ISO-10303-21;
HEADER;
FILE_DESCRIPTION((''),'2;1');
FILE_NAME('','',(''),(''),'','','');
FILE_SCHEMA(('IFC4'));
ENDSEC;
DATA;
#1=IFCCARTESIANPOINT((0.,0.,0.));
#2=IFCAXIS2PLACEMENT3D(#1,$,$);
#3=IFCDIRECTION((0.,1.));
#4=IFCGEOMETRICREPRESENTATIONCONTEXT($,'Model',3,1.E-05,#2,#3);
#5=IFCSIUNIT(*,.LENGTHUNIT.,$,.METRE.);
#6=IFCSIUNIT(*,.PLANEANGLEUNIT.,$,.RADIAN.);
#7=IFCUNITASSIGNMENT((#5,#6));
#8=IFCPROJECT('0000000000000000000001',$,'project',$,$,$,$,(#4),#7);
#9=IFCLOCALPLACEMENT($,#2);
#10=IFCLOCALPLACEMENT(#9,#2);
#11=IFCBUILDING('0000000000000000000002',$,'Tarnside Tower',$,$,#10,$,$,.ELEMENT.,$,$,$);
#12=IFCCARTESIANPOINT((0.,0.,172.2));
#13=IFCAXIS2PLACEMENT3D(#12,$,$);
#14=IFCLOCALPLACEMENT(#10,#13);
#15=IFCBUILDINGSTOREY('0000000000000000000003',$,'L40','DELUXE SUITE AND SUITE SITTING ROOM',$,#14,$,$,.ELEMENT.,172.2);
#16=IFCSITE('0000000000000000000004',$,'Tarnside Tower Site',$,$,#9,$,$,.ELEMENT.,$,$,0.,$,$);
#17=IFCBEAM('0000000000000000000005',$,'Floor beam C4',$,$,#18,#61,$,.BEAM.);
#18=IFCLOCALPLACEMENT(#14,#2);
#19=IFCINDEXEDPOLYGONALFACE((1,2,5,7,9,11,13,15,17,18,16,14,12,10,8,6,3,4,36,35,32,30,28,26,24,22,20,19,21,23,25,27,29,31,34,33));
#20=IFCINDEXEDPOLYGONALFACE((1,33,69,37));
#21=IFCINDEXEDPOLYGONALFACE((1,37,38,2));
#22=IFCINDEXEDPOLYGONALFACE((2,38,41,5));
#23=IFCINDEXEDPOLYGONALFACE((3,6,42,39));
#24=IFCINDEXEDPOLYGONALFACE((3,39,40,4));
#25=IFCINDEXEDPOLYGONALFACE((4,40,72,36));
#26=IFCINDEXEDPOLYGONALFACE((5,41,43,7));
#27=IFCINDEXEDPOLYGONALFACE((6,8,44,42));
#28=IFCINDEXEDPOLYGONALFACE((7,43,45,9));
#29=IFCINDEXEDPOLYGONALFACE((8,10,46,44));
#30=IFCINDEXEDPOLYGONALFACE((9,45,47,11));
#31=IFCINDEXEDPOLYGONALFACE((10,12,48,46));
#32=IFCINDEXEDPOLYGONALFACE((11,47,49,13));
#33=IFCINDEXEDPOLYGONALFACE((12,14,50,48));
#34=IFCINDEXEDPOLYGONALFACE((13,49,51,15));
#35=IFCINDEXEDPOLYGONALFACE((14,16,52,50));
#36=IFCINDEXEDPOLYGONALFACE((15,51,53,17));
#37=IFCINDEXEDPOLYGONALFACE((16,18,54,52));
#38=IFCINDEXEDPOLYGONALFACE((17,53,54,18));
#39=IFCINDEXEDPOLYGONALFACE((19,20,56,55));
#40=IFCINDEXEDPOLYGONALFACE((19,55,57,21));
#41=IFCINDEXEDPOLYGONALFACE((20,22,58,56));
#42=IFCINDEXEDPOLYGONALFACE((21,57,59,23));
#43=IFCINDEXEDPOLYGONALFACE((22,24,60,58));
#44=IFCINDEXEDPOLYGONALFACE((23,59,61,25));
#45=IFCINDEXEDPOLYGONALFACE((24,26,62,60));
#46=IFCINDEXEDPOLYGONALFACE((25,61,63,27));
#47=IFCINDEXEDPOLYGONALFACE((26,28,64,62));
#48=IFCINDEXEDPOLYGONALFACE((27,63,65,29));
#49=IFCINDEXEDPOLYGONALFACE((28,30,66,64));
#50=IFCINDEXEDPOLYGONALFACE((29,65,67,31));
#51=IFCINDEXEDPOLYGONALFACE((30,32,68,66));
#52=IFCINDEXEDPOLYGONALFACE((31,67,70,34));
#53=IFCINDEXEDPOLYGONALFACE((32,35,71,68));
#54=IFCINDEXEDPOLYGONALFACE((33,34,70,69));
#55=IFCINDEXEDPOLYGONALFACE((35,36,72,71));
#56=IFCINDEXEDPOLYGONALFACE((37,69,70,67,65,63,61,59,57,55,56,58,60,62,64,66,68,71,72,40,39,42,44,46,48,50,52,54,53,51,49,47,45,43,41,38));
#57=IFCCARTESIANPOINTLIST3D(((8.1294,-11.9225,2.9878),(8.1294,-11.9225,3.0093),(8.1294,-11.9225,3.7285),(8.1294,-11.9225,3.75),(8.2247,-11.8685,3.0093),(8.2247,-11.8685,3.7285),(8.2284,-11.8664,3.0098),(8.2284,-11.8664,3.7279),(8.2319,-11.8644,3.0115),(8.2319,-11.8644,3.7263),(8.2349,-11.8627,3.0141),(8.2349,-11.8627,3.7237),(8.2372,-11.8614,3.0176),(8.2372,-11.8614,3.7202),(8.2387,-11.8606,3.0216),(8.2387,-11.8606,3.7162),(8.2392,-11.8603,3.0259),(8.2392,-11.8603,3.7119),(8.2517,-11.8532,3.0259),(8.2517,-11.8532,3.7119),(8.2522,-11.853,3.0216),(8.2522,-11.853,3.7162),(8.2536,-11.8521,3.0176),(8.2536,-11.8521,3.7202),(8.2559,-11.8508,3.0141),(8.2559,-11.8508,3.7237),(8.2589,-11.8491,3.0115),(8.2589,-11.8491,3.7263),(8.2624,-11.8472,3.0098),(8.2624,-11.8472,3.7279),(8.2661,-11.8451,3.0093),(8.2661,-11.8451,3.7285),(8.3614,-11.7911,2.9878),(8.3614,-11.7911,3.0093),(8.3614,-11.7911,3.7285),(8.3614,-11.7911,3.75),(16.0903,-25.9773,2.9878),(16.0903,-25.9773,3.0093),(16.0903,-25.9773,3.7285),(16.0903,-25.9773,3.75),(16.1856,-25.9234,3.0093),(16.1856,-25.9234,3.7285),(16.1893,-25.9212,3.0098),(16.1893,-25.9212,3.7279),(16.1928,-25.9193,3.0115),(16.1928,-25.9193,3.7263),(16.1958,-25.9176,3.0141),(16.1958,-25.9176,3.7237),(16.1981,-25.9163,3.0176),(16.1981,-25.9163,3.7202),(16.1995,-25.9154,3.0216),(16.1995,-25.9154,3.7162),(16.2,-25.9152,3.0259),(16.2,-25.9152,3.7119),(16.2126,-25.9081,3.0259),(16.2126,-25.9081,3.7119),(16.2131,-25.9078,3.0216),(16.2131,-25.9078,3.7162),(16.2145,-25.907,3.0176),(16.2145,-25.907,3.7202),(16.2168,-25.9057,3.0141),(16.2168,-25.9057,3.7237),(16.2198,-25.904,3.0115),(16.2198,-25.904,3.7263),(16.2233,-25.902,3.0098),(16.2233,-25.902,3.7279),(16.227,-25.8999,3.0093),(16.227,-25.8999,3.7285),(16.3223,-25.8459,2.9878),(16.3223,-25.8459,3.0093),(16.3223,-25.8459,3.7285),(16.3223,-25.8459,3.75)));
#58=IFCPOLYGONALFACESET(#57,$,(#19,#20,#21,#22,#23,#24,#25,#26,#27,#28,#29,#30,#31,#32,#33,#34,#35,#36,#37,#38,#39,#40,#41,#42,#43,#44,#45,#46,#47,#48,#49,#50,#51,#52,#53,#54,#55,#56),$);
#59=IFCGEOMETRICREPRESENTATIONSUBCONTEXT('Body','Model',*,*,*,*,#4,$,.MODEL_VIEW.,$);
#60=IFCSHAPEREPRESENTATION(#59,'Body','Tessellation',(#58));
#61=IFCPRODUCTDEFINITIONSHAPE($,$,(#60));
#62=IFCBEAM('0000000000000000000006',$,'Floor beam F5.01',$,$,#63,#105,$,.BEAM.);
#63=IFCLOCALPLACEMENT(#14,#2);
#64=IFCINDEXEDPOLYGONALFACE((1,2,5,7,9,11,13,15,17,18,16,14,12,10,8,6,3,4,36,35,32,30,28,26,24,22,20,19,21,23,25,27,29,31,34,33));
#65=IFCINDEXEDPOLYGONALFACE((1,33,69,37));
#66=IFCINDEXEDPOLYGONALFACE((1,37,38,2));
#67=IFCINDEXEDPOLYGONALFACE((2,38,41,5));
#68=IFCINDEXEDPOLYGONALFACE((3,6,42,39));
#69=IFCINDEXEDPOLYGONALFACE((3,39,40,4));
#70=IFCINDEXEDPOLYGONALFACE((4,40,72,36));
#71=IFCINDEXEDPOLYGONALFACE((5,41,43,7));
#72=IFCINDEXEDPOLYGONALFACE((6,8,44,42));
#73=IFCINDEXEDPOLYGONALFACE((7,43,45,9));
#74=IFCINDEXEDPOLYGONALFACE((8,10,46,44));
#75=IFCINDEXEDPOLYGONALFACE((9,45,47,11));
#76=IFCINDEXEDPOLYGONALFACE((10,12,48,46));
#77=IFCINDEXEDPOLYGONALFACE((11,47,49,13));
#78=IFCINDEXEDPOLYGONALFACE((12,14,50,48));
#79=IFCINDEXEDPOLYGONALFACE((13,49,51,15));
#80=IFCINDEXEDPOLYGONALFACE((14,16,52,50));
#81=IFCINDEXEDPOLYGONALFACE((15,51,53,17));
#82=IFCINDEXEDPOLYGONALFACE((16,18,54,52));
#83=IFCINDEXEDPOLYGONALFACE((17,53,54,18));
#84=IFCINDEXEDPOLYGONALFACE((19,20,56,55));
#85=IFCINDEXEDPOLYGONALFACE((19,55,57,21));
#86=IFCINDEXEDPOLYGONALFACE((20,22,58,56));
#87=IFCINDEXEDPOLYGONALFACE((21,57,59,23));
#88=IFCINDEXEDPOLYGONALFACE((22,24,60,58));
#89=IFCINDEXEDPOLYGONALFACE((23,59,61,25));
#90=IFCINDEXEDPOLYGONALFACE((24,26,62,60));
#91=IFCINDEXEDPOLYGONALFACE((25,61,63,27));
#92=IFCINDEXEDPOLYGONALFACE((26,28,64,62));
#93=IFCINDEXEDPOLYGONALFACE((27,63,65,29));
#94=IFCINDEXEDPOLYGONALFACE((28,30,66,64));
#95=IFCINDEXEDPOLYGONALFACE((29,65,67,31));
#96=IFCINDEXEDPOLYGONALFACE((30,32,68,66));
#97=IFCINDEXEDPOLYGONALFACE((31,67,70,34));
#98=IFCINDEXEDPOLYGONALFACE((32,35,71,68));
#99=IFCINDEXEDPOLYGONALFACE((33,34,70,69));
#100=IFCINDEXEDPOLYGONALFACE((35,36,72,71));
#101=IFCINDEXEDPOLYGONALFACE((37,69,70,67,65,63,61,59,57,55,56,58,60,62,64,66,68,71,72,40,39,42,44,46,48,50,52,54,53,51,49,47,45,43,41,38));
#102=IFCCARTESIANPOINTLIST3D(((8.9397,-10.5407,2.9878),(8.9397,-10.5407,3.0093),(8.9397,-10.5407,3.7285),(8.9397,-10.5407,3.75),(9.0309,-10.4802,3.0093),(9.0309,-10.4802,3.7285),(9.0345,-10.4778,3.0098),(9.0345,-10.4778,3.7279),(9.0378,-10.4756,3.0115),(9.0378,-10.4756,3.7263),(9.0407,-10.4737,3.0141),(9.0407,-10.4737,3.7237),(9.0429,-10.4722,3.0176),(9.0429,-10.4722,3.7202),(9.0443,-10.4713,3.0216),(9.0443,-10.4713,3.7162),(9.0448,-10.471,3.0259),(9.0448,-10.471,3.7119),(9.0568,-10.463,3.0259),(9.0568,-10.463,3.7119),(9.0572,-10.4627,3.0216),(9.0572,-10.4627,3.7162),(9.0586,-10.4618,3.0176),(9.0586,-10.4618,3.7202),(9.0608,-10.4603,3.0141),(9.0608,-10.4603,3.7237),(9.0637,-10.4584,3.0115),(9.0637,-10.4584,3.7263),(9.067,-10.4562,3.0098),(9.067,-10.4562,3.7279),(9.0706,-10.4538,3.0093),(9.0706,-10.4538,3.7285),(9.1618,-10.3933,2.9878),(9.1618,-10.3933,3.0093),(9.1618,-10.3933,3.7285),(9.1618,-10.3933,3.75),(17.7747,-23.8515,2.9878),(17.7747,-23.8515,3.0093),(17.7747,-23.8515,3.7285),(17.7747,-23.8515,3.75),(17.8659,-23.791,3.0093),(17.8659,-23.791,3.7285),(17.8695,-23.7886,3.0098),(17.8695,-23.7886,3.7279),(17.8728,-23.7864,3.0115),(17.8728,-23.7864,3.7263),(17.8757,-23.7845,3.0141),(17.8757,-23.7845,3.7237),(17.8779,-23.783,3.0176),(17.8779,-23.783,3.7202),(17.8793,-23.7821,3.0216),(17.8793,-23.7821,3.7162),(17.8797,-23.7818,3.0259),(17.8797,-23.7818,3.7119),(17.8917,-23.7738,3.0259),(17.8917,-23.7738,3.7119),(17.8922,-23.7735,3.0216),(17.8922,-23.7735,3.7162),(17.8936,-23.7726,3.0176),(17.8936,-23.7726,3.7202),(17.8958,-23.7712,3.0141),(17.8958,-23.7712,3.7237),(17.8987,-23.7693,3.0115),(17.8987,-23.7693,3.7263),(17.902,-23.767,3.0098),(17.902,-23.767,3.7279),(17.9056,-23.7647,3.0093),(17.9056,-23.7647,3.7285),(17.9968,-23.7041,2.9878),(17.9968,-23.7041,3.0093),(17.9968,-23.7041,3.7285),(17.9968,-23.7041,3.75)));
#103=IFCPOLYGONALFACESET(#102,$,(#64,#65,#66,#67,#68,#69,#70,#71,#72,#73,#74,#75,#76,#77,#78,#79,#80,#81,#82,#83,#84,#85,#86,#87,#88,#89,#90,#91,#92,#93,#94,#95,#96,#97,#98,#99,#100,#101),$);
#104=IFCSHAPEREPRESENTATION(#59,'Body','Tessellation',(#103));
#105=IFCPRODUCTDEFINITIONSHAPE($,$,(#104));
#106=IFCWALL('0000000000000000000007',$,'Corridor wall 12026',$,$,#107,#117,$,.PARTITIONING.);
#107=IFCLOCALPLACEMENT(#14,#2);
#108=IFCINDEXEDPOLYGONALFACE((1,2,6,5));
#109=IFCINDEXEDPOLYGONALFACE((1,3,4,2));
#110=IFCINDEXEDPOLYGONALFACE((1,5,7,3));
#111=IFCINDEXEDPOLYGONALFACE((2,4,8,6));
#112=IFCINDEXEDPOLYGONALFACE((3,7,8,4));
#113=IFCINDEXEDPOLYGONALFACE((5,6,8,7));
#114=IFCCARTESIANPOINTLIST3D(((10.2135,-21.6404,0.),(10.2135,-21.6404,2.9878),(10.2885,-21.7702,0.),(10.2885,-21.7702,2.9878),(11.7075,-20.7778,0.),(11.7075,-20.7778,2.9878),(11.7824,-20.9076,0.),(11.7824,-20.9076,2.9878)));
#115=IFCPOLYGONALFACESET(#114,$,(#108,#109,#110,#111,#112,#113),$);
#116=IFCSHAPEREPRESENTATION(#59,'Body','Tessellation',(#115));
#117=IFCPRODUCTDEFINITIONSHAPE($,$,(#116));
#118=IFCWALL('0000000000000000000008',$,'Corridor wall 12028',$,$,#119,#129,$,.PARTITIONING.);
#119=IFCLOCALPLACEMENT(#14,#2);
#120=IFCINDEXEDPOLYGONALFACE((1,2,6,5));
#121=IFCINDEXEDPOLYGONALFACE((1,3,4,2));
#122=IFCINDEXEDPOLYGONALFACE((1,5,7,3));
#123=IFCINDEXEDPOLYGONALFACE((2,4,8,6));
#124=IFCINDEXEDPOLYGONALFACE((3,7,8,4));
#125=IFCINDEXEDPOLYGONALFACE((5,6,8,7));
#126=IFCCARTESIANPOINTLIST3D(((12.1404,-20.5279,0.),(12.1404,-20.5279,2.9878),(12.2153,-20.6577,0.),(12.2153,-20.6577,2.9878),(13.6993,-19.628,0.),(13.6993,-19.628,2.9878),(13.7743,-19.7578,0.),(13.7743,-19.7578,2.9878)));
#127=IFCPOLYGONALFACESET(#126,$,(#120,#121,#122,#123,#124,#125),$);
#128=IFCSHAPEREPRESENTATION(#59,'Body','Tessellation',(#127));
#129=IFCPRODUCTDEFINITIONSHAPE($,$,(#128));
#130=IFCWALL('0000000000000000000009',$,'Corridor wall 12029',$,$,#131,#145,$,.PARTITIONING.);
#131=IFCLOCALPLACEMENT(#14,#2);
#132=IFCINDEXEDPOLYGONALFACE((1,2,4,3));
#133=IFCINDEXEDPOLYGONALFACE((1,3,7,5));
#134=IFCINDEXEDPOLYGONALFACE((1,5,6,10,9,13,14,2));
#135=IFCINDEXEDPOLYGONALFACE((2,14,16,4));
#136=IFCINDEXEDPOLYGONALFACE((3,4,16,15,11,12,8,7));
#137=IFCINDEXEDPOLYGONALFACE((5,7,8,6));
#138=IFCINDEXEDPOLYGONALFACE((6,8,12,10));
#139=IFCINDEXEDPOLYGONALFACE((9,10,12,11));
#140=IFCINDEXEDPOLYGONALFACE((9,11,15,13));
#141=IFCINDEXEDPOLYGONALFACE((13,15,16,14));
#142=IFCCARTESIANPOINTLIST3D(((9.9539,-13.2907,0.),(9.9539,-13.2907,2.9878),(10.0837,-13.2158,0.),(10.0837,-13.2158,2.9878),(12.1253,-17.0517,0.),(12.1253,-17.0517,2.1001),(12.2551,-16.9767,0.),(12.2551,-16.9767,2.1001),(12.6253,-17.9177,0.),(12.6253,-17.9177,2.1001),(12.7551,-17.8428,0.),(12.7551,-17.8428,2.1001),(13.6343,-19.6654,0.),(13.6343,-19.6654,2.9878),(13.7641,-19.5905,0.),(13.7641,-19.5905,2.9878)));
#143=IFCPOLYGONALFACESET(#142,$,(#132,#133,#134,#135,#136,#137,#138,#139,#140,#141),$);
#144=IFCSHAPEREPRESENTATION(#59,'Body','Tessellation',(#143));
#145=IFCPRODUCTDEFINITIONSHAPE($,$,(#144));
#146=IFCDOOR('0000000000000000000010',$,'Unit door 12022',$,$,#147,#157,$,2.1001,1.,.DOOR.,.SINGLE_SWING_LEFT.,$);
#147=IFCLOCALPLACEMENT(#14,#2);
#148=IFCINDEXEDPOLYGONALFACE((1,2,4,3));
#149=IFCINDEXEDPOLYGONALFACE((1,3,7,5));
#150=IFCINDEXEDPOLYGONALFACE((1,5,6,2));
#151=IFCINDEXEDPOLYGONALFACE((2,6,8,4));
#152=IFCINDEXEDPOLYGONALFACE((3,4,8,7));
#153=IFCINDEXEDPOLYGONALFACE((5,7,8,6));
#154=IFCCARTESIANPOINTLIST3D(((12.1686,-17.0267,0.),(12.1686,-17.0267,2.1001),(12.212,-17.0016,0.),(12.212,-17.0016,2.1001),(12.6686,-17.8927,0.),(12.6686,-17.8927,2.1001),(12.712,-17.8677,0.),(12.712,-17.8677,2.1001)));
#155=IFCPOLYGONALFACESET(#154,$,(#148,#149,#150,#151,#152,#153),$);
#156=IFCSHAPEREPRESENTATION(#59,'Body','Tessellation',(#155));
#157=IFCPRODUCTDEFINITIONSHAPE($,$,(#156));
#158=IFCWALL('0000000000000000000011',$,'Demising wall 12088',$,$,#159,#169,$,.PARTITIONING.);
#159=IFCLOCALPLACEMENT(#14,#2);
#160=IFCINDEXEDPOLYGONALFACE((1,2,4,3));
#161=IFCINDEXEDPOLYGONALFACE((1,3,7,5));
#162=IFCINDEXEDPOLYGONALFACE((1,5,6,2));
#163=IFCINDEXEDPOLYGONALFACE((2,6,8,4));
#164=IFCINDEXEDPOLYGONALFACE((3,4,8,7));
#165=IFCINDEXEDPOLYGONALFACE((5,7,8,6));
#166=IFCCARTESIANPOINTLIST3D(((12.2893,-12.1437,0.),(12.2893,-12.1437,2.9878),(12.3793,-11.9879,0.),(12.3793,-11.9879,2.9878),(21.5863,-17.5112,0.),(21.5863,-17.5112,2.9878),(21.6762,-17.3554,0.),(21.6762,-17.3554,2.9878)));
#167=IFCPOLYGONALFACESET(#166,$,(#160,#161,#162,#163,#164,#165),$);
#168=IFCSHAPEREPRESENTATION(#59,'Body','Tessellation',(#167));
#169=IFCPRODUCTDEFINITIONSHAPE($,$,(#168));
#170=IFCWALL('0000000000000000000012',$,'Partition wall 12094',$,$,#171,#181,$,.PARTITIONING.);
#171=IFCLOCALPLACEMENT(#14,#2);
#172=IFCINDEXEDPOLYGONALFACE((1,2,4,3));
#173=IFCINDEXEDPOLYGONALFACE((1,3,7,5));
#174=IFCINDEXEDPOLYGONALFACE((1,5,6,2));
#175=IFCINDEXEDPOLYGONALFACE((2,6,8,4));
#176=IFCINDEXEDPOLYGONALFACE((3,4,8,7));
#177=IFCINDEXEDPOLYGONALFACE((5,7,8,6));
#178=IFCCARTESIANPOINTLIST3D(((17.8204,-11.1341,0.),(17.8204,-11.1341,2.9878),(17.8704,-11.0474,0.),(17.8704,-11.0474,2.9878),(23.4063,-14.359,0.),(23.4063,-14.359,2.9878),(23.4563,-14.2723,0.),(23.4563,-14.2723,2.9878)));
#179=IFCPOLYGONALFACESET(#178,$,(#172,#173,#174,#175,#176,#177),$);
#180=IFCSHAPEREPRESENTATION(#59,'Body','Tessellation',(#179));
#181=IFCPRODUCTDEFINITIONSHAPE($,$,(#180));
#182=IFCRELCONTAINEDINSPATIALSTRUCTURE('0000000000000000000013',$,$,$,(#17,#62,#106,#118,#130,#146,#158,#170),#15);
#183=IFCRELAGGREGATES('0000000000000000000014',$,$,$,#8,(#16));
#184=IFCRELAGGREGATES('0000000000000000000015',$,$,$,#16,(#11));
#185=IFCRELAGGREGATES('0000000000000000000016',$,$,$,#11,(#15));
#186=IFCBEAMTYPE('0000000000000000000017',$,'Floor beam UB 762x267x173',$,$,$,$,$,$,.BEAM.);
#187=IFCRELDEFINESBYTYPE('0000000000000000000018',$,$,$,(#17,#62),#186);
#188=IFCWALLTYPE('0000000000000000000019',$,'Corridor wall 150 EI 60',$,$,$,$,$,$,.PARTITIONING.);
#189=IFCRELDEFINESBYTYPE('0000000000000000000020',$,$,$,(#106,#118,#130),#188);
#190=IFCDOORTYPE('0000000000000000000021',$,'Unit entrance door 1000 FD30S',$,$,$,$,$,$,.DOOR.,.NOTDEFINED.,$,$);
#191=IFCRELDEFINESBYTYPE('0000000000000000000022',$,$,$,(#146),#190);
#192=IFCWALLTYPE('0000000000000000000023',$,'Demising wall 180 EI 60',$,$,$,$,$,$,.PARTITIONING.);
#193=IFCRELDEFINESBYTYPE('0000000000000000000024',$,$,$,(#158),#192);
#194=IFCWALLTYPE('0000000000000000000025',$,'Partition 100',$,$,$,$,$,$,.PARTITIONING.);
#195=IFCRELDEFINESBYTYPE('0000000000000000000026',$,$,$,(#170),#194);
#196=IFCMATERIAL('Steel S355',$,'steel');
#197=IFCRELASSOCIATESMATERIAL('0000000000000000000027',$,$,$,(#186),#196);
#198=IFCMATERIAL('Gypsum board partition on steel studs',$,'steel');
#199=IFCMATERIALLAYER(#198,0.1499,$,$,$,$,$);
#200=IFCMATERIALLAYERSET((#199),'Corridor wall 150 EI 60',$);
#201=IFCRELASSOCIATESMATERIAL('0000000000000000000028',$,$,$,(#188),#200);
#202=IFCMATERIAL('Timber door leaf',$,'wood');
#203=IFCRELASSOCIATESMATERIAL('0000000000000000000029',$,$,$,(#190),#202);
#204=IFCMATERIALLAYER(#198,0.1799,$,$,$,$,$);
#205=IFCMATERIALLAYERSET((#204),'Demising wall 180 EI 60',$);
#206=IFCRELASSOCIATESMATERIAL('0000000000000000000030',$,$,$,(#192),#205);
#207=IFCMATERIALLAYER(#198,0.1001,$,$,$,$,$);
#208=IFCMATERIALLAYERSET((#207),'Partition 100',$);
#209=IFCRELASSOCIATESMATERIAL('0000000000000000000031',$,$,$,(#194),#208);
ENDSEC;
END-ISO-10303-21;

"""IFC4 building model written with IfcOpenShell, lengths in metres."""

from ifc_helpers import new_model, si_unit, direction, frame, frame_2d, origin, origin_2d, place, context, subcontext, project, spatial, rectangle, i_section, extrude, material, layer, layer_set, material_profile, profile_set, type_object, element, fill, save


model = new_model("IFC4")

# Units and contexts
model_context = context("Model", 3, precision=1e-05, world=origin(), true_north=direction((0.0, 1.0)))
body_context = subcontext(model_context, "Body", "Model", "MODEL_VIEW")
ifc_project = project(units=[si_unit("LENGTHUNIT", "METRE"), si_unit("PLANEANGLEUNIT", "RADIAN")], contexts=[model_context])

# Site, building, storey
site_placement = place(None, origin())
site = spatial("IfcSite", under=ifc_project, at=site_placement, Name="Tarnside Tower Site", CompositionType="ELEMENT", RefElevation=0.0)
building_placement = place(site_placement, origin())
building = spatial("IfcBuilding", under=site, at=building_placement, Name="Tarnside Tower", CompositionType="ELEMENT")
storey_placement = place(building_placement, frame((0.0, 0.0, 172.2)))
storey = spatial("IfcBuildingStorey", under=building, at=storey_placement, Name="L40", Description="DELUXE SUITE AND SUITE SITTING ROOM", CompositionType="ELEMENT", Elevation=172.2)

# Beams
ifc_material_1 = material(Name="Steel S355", Category="steel")
ifc_material_profile_1 = material_profile(ifc_material_1, i_section(OverallWidth=0.2666, OverallDepth=0.7622, WebThickness=0.0144, FlangeThickness=0.0215, FilletRadius=0.0166, at=origin_2d()), Name="UB 762x267x173")
ifc_profile_set_1 = profile_set([ifc_material_profile_1], Name="Steel S355")
beam_type_1 = type_object("IfcBeamType", Name="Floor beam UB 762x267x173", PredefinedType="BEAM", material=ifc_profile_set_1)
beam_1_placement = place(storey_placement, frame((16.2063, -25.9116, 3.3689), z_axis=(-0.492847, 0.870116, 0.0), x_axis=(-0.870116, -0.492847, 0.0)))
element("IfcBeam", 1, at=beam_1_placement, inside=storey, type_object=beam_type_1, Name="Floor beam C4", PredefinedType="BEAM", context=body_context, shape_type="SweptSolid", body=[
    extrude(i_section(OverallWidth=0.2666, OverallDepth=0.7622, WebThickness=0.0144, FlangeThickness=0.0215, FilletRadius=0.0166, at=origin_2d()), origin(), (0.0, 0.0, 1.0), 16.1528),
])
beam_2_placement = place(storey_placement, frame((17.8857, -23.7778, 3.3689), z_axis=(-0.553013, 0.833172, 0.0), x_axis=(-0.833172, -0.553013, 0.0)))
element("IfcBeam", 2, at=beam_2_placement, inside=storey, type_object=beam_type_1, Name="Floor beam F5.01", PredefinedType="BEAM", context=body_context, shape_type="SweptSolid", body=[
    extrude(i_section(OverallWidth=0.2666, OverallDepth=0.7622, WebThickness=0.0144, FlangeThickness=0.0215, FilletRadius=0.0166, at=origin_2d()), origin(), (0.0, 0.0, 1.0), 15.9761),
])

# Walls
ifc_material_2 = material(Name="Gypsum board partition on steel studs", Category="steel")
ifc_layer_1 = layer(ifc_material_2, 0.1499)
ifc_layer_set_1 = layer_set([ifc_layer_1], Name="Corridor wall 150 EI 60")
wall_type_1 = type_object("IfcWallType", Name="Corridor wall 150 EI 60", PredefinedType="PARTITIONING", material=ifc_layer_set_1)
wall_1_placement = place(storey_placement, frame((10.251, -21.7053, 0.0), z_axis=(0.0, 0.0, 1.0), x_axis=(0.866014, 0.500021, 0.0)))
element("IfcWall", 3, at=wall_1_placement, inside=storey, type_object=wall_type_1, Name="Corridor wall 12026", PredefinedType="PARTITIONING", context=body_context, shape_type="SweptSolid", body=[
    extrude(rectangle(XDim=1.7251, YDim=0.1499, at=frame_2d((0.8625, 0.0))), origin(), (0.0, 0.0, 1.0), 2.9878),
])
wall_2_placement = place(storey_placement, frame((12.178, -20.5928, 0.0), z_axis=(0.0, 0.0, 1.0), x_axis=(0.866048, 0.499961, 0.0)))
element("IfcWall", 4, at=wall_2_placement, inside=storey, type_object=wall_type_1, Name="Corridor wall 12028", PredefinedType="PARTITIONING", context=body_context, shape_type="SweptSolid", body=[
    extrude(rectangle(XDim=1.8, YDim=0.1499, at=frame_2d((0.8999, 0.0))), origin(), (0.0, 0.0, 1.0), 2.9878),
])

# Wall, opening, door
wall_3_placement = place(storey_placement, frame((13.6992, -19.6279, 0.0), z_axis=(0.0, 0.0, 1.0), x_axis=(-0.499995, 0.866028, 0.0)))
wall_3 = element("IfcWall", 5, at=wall_3_placement, inside=storey, type_object=wall_type_1, Name="Corridor wall 12029", PredefinedType="PARTITIONING", context=body_context, shape_type="SweptSolid", body=[
    extrude(rectangle(XDim=7.3608, YDim=0.1499, at=frame_2d((3.6804, 0.0))), origin(), (0.0, 0.0, 1.0), 2.9878),
])
opening_1_placement = place(wall_3_placement, frame((2.0181, 0.0, 0.0)))
opening_1 = element("IfcOpeningElement", 6, at=opening_1_placement, cuts=wall_3, PredefinedType="OPENING", context=body_context, shape_type="SweptSolid", body=[
    extrude(rectangle(XDim=1.0, YDim=2.1001, at=frame_2d((0.5, 1.05))), frame((0.0, 0.085, 0.0), z_axis=(0.0, -1.0, 0.0), x_axis=(1.0, 0.0, 0.0)), (0.0, 0.0, 1.0), 0.1699),
])
ifc_material_3 = material(Name="Timber door leaf", Category="wood")
door_type = type_object("IfcDoorType", Name="Unit entrance door 1000 FD30S", OperationType="NOTDEFINED", PredefinedType="DOOR", material=ifc_material_3)
door_placement = place(opening_1_placement, origin())
door = element("IfcDoor", 7, at=door_placement, inside=storey, type_object=door_type, Name="Unit door 12022", OperationType="SINGLE_SWING_LEFT", OverallHeight=2.1001, OverallWidth=1.0, PredefinedType="DOOR", context=body_context, shape_type="SweptSolid", body=[
    extrude(rectangle(XDim=1.0, YDim=2.1001, at=frame_2d((0.5, 1.05))), frame((0.0, 0.0249, 0.0), z_axis=(0.0, -1.0, 0.0), x_axis=(1.0, 0.0, 0.0)), (0.0, 0.0, 1.0), 0.05),
])
fill(opening_1, door)

# Walls
ifc_layer_2 = layer(ifc_material_2, 0.1799)
ifc_layer_set_2 = layer_set([ifc_layer_2], Name="Demising wall 180 EI 60")
wall_type_2 = type_object("IfcWallType", Name="Demising wall 180 EI 60", PredefinedType="PARTITIONING", material=ifc_layer_set_2)
wall_4_placement = place(storey_placement, frame((21.6313, -17.4333, 0.0), z_axis=(0.0, 0.0, 1.0), x_axis=(-0.86603, 0.499992, 0.0)))
element("IfcWall", 8, at=wall_4_placement, inside=storey, type_object=wall_type_2, Name="Demising wall 12088", PredefinedType="PARTITIONING", context=body_context, shape_type="SweptSolid", body=[
    extrude(rectangle(XDim=10.7351, YDim=0.1799, at=frame_2d((5.3677, 0.0))), origin(), (0.0, 0.0, 1.0), 2.9878),
])
ifc_layer_3 = layer(ifc_material_2, 0.1001)
ifc_layer_set_3 = layer_set([ifc_layer_3], Name="Partition 100")
wall_type_3 = type_object("IfcWallType", Name="Partition 100", PredefinedType="PARTITIONING", material=ifc_layer_set_3)
wall_5_placement = place(storey_placement, frame((23.4314, -14.3157, 0.0), z_axis=(0.0, 0.0, 1.0), x_axis=(-0.866038, 0.499978, 0.0)))
element("IfcWall", 9, at=wall_5_placement, inside=storey, type_object=wall_type_3, Name="Partition wall 12094", PredefinedType="PARTITIONING", context=body_context, shape_type="SweptSolid", body=[
    extrude(rectangle(XDim=6.45, YDim=0.1001, at=frame_2d((3.2251, 0.0))), origin(), (0.0, 0.0, 1.0), 2.9878),
])

save(model, "model.ifc")
